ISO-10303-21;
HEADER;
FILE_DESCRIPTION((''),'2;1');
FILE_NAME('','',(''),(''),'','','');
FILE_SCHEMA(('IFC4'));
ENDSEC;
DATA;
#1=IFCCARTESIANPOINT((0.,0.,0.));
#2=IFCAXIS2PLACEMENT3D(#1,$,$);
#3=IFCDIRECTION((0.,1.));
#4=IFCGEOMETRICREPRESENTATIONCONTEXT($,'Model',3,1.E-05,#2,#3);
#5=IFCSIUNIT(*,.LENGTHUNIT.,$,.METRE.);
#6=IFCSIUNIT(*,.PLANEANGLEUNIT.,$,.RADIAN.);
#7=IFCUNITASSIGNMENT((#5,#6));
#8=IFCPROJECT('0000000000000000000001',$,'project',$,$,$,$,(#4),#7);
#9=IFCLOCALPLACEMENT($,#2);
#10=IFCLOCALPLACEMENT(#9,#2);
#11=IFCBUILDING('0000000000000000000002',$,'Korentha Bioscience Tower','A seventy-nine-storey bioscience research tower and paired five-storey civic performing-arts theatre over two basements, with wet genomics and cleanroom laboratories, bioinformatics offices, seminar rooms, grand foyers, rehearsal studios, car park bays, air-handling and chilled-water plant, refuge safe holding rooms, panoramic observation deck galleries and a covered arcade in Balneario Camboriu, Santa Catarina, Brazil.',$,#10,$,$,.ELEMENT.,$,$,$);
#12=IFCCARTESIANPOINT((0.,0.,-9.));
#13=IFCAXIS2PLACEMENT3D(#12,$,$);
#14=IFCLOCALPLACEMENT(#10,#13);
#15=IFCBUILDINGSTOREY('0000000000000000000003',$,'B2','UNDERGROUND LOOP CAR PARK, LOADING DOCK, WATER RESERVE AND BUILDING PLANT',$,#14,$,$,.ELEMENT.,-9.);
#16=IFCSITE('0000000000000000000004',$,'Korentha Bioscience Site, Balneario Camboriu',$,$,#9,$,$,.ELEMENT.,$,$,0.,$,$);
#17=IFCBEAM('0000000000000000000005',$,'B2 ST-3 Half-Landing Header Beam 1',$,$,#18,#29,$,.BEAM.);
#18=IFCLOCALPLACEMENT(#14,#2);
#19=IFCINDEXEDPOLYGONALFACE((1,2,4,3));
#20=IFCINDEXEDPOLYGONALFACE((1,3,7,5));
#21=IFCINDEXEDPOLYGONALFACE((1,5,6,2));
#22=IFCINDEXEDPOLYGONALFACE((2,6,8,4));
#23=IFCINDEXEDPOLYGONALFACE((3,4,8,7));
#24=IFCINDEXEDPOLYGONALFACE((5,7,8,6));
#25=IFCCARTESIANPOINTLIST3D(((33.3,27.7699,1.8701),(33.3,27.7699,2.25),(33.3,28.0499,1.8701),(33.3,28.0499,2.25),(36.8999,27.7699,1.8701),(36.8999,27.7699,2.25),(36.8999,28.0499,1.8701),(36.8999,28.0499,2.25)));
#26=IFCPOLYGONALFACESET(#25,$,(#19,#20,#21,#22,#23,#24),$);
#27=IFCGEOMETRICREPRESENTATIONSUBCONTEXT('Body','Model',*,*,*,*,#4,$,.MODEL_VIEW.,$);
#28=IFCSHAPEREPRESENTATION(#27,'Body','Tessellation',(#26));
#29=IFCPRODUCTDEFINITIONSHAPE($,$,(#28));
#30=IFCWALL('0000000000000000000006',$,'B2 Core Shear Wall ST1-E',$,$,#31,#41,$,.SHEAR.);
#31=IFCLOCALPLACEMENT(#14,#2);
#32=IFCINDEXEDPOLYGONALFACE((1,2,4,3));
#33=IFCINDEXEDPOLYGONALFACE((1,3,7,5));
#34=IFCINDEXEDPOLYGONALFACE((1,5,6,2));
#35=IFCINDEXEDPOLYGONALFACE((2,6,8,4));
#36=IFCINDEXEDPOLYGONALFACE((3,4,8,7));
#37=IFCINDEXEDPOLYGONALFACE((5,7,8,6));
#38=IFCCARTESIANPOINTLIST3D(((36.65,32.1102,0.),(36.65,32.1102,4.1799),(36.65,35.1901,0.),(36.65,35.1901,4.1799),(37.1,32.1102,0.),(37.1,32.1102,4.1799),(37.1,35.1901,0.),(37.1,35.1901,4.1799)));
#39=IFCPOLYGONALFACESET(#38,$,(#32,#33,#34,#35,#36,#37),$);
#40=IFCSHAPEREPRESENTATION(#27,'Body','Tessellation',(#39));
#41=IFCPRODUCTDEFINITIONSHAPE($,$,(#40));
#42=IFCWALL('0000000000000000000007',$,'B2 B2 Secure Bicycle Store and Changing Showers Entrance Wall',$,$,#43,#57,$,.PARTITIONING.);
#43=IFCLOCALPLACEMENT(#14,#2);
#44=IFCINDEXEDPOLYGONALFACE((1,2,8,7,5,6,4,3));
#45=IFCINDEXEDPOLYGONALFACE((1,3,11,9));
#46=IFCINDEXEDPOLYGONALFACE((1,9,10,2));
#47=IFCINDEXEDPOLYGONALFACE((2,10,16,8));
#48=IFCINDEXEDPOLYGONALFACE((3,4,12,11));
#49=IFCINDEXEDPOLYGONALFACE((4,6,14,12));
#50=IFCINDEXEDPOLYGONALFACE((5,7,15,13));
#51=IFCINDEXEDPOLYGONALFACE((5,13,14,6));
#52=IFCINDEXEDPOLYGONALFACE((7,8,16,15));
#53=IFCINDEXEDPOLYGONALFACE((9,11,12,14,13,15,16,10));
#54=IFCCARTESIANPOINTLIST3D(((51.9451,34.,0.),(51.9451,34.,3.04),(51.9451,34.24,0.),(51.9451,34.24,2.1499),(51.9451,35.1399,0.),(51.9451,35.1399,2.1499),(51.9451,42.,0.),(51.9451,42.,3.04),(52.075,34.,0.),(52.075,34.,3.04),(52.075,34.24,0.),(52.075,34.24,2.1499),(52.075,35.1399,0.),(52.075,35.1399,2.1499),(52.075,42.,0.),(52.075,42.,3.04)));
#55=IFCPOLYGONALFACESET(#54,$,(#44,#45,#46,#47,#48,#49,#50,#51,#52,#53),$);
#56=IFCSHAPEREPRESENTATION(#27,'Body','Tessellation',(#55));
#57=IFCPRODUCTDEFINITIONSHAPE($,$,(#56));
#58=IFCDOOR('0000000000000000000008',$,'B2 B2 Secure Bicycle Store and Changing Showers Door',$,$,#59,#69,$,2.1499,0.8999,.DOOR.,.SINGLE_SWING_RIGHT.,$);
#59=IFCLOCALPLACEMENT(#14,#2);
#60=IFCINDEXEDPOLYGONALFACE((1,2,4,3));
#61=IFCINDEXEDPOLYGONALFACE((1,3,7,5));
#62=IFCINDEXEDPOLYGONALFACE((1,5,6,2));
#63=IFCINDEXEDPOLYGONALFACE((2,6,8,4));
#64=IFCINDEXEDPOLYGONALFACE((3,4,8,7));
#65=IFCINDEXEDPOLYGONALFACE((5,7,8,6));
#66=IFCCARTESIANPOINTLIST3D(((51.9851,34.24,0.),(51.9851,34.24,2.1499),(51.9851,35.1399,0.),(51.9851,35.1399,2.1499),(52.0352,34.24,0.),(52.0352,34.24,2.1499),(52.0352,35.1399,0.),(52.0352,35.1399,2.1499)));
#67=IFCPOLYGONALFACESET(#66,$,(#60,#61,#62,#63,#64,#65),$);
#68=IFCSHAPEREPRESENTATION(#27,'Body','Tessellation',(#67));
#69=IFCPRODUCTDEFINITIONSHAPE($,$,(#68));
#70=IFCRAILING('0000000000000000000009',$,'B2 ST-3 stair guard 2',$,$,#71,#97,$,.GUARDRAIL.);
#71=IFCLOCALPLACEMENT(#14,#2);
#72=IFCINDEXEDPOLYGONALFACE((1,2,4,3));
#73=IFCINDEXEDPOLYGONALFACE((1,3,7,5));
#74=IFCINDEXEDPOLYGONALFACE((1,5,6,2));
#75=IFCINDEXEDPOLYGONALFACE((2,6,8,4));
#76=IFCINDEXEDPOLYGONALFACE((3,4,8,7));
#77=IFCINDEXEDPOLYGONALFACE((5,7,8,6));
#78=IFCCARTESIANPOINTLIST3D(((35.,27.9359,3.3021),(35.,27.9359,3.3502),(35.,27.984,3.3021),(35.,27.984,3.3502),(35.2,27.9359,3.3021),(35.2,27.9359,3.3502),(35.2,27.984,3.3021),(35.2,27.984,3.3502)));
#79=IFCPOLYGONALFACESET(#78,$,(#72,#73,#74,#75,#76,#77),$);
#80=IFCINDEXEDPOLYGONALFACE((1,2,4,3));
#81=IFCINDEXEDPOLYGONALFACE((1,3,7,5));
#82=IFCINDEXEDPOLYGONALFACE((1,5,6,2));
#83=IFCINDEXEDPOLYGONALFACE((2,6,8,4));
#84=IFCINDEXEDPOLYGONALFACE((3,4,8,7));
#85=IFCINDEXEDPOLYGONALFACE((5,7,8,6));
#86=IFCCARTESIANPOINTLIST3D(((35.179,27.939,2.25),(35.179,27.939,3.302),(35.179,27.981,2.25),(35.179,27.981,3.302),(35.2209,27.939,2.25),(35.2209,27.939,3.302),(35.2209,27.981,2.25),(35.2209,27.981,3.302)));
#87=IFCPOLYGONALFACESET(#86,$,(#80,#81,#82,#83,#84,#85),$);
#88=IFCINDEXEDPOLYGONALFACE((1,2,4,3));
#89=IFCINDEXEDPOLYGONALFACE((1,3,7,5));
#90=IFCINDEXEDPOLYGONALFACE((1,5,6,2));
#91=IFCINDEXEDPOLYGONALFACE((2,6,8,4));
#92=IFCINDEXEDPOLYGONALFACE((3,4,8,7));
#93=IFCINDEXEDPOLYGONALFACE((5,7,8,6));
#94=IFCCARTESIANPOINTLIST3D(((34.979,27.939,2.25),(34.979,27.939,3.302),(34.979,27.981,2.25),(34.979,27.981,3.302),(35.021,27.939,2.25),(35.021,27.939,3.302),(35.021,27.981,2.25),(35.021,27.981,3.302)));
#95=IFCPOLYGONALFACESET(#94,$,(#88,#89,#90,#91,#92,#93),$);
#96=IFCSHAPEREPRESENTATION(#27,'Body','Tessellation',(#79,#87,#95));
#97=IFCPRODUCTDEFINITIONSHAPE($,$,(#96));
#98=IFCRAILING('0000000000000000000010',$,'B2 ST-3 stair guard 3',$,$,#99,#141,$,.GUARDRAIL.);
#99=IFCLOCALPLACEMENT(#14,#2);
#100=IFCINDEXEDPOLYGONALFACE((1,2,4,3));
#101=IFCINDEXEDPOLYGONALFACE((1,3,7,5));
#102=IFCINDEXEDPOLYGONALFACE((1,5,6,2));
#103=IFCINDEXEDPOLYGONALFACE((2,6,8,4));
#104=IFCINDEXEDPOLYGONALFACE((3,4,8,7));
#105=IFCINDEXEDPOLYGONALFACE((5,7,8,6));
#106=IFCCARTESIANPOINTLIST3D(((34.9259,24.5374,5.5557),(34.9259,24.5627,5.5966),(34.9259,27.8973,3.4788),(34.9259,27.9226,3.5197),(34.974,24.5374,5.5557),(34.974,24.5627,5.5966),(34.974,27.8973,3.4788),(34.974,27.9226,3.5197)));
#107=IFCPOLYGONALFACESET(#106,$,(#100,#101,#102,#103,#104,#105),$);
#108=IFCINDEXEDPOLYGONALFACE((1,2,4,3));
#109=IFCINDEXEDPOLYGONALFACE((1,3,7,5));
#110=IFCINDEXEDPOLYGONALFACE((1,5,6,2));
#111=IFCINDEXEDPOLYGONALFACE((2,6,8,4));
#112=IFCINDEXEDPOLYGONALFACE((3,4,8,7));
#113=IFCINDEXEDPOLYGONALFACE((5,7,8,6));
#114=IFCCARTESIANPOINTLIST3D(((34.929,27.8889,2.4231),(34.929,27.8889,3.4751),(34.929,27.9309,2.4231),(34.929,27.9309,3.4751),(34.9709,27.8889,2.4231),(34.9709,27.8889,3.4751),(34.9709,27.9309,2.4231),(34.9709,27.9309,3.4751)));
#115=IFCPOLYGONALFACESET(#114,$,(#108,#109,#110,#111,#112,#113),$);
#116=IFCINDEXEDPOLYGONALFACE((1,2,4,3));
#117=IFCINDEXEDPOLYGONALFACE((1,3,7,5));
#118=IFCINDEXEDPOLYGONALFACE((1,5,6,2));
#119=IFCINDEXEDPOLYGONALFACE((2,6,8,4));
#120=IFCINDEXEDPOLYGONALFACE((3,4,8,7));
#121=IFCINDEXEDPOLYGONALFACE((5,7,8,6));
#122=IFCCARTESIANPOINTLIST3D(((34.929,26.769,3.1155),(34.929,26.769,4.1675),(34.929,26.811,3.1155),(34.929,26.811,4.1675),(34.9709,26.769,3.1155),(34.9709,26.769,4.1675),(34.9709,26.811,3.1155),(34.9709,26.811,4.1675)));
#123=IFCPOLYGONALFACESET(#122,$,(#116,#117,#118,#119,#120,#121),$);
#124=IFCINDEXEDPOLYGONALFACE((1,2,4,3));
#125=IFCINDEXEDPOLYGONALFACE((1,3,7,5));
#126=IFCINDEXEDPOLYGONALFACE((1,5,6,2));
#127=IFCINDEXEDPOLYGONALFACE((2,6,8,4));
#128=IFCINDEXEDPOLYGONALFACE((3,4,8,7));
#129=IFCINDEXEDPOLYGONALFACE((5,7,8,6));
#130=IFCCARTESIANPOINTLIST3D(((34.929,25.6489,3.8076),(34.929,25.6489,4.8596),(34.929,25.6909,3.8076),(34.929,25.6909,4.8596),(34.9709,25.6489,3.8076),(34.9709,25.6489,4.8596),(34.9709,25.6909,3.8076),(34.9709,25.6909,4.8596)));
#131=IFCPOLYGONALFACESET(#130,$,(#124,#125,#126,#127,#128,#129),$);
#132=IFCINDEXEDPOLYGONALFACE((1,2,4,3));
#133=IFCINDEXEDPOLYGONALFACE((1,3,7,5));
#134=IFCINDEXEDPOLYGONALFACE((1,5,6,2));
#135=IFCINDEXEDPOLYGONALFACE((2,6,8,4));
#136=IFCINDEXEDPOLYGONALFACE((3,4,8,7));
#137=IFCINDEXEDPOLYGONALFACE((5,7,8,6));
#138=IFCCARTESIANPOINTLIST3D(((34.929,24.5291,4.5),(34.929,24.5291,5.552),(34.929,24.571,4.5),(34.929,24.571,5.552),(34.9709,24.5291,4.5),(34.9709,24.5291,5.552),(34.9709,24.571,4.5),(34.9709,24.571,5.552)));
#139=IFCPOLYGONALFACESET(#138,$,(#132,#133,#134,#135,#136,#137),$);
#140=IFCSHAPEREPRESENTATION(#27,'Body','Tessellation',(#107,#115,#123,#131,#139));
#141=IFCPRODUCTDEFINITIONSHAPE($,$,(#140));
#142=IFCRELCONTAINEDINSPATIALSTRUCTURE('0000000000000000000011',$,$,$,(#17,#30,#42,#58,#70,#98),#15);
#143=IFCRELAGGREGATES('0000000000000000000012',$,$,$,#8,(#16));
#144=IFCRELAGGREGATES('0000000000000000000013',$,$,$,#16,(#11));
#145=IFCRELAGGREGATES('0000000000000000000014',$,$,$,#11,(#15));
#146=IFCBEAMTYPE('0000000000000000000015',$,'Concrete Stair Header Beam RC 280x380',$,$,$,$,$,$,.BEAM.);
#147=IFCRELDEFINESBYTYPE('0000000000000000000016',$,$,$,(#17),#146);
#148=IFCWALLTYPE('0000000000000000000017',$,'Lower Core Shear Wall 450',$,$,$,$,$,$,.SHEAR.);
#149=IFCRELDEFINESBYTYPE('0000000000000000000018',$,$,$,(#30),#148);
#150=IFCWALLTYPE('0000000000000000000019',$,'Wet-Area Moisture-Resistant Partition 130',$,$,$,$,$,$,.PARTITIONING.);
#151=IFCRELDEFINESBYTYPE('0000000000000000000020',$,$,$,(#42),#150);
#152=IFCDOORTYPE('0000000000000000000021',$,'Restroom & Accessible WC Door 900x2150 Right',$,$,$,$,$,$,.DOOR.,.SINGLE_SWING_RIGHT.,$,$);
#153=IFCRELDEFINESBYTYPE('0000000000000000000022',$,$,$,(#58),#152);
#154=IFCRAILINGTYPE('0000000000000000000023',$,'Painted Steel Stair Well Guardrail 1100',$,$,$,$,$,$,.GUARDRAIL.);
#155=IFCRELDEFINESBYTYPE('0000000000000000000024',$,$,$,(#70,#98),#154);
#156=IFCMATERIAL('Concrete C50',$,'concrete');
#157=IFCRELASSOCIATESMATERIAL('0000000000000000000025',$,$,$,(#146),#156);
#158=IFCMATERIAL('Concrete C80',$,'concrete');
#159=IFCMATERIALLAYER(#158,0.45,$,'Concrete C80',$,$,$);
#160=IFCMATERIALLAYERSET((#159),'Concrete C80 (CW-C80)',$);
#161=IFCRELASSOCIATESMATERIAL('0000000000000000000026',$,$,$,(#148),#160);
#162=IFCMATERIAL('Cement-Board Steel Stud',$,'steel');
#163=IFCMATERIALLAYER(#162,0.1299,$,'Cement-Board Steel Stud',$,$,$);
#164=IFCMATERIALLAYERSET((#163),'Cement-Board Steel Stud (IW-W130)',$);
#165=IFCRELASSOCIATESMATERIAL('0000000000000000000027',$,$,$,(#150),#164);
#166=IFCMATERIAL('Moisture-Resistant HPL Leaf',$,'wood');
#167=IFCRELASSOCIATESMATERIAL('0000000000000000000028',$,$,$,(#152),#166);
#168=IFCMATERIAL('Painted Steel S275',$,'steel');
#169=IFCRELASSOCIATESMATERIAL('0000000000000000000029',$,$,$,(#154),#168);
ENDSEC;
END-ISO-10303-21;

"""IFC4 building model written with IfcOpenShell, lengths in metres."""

from ifc_helpers import new_model, si_unit, direction, frame, frame_2d, origin, origin_2d, place, context, subcontext, project, spatial, rectangle, extrude, material, layer, layer_set, material_profile, profile_set, type_object, element, fill, save


model = new_model("IFC4")

# Units and contexts
model_context = context("Model", 3, precision=1e-05, world=origin(), true_north=direction((0.0, 1.0)))
body_context = subcontext(model_context, "Body", "Model", "MODEL_VIEW")
ifc_project = project(units=[si_unit("LENGTHUNIT", "METRE"), si_unit("PLANEANGLEUNIT", "RADIAN")], contexts=[model_context])

# Site, building, storey
site_placement = place(None, origin())
site = spatial("IfcSite", under=ifc_project, at=site_placement, Name="Korentha Bioscience Site, Balneario Camboriu", CompositionType="ELEMENT", RefElevation=0.0)
building_placement = place(site_placement, origin())
building = spatial("IfcBuilding", under=site, at=building_placement, Name="Korentha Bioscience Tower", Description="A seventy-nine-storey bioscience research tower and paired five-storey civic performing-arts theatre over two basements, with wet genomics and cleanroom laboratories, bioinformatics offices, seminar rooms, grand foyers, rehearsal studios, car park bays, air-handling and chilled-water plant, refuge safe holding rooms, panoramic observation deck galleries and a covered arcade in Balneario Camboriu, Santa Catarina, Brazil.", CompositionType="ELEMENT")
storey_placement = place(building_placement, frame((0.0, 0.0, -9.0)))
storey = spatial("IfcBuildingStorey", under=building, at=storey_placement, Name="B2", Description="UNDERGROUND LOOP CAR PARK, LOADING DOCK, WATER RESERVE AND BUILDING PLANT", CompositionType="ELEMENT", Elevation=-9.0)

# Shared definitions
ifc_material_1 = material(Name="Concrete C50", Category="concrete")

# Shared definitions
ifc_material_2 = material(Name="Concrete C80", Category="concrete")

# Beam
ifc_material_profile_1 = material_profile(ifc_material_1, rectangle(XDim=0.28, YDim=0.3799, at=origin_2d()), Name="Concrete C50")
ifc_profile_set_1 = profile_set([ifc_material_profile_1], Name="Concrete C50 (ST-HB380)")
beam_type = type_object("IfcBeamType", Name="Concrete Stair Header Beam RC 280x380", PredefinedType="BEAM", material=ifc_profile_set_1)
beam_placement = place(storey_placement, frame((36.8999, 27.9099, 2.0601), z_axis=(-1.0, 0.0, 0.0), x_axis=(0.0, -1.0, 0.0)))
element("IfcBeam", 1, at=beam_placement, inside=storey, type_object=beam_type, Name="B2 ST-3 Half-Landing Header Beam 1", PredefinedType="BEAM", context=body_context, shape_type="SweptSolid", body=[
    extrude(rectangle(XDim=0.28, YDim=0.3799, at=origin_2d()), origin(), (0.0, 0.0, 1.0), 3.5999),
])

# Wall
ifc_layer_1 = layer(ifc_material_2, 0.45, Name="Concrete C80")
ifc_layer_set_1 = layer_set([ifc_layer_1], Name="Concrete C80 (CW-C80)")
wall_type_1 = type_object("IfcWallType", Name="Lower Core Shear Wall 450", PredefinedType="SHEAR", material=ifc_layer_set_1)
wall_1_placement = place(storey_placement, frame((36.875, 32.1101, 0.0), z_axis=(0.0, 0.0, 1.0), x_axis=(0.0, 1.0, 0.0)))
element("IfcWall", 2, at=wall_1_placement, inside=storey, type_object=wall_type_1, Name="B2 Core Shear Wall ST1-E", PredefinedType="SHEAR", context=body_context, shape_type="SweptSolid", body=[
    extrude(rectangle(XDim=3.0798, YDim=0.45, at=frame_2d((1.54, 0.0))), origin(), (0.0, 0.0, 1.0), 4.1799),
])

# Wall, opening, door
ifc_material_3 = material(Name="Cement-Board Steel Stud", Category="steel")
ifc_layer_2 = layer(ifc_material_3, 0.1299, Name="Cement-Board Steel Stud")
ifc_layer_set_2 = layer_set([ifc_layer_2], Name="Cement-Board Steel Stud (IW-W130)")
wall_type_2 = type_object("IfcWallType", Name="Wet-Area Moisture-Resistant Partition 130", PredefinedType="PARTITIONING", material=ifc_layer_set_2)
wall_2_placement = place(storey_placement, frame((52.01, 34.0, 0.0), z_axis=(0.0, 0.0, 1.0), x_axis=(0.0, 1.0, 0.0)))
wall_2 = element("IfcWall", 3, at=wall_2_placement, inside=storey, type_object=wall_type_2, Name="B2 B2 Secure Bicycle Store and Changing Showers Entrance Wall", PredefinedType="PARTITIONING", context=body_context, shape_type="SweptSolid", body=[
    extrude(rectangle(XDim=8.0, YDim=0.1299, at=frame_2d((4.0, 0.0))), origin(), (0.0, 0.0, 1.0), 3.04),
])
opening_placement = place(wall_2_placement, frame((0.24, 0.0, 0.0)))
opening = element("IfcOpeningElement", 4, at=opening_placement, cuts=wall_2, PredefinedType="OPENING", context=body_context, shape_type="SweptSolid", body=[
    extrude(rectangle(XDim=0.8999, YDim=2.1499, at=frame_2d((0.45, 1.075))), frame((0.0, 0.0798, 0.0), z_axis=(0.0, -1.0, 0.0), x_axis=(1.0, 0.0, 0.0)), (0.0, 0.0, 1.0), 0.1597),
])
ifc_material_4 = material(Name="Moisture-Resistant HPL Leaf", Category="wood")
door_type = type_object("IfcDoorType", Name="Restroom & Accessible WC Door 900x2150 Right", OperationType="SINGLE_SWING_RIGHT", PredefinedType="DOOR", material=ifc_material_4)
door_placement = place(opening_placement, origin())
door = element("IfcDoor", 5, at=door_placement, inside=storey, type_object=door_type, Name="B2 B2 Secure Bicycle Store and Changing Showers Door", OperationType="SINGLE_SWING_RIGHT", OverallHeight=2.1499, OverallWidth=0.8999, PredefinedType="DOOR", context=body_context, shape_type="SweptSolid", body=[
    extrude(rectangle(XDim=0.8999, YDim=2.1499, at=frame_2d((0.45, 1.075))), frame((0.0, 0.0249, 0.0), z_axis=(0.0, -1.0, 0.0), x_axis=(1.0, 0.0, 0.0)), (0.0, 0.0, 1.0), 0.05),
])
fill(opening, door)

# Railings
ifc_material_5 = material(Name="Painted Steel S275", Category="steel")
railing_type = type_object("IfcRailingType", Name="Painted Steel Stair Well Guardrail 1100", PredefinedType="GUARDRAIL", material=ifc_material_5)
railing_1_placement = place(storey_placement, frame((35.2, 27.96, 2.25)))
element("IfcRailing", 6, at=railing_1_placement, inside=storey, type_object=railing_type, Name="B2 ST-3 stair guard 2", PredefinedType="GUARDRAIL", context=body_context, shape_type="SweptSolid", body=[
    extrude(rectangle(XDim=0.0481, YDim=0.0481, at=origin_2d()), frame((0.0, 0.0, 1.0762), z_axis=(-1.0, 0.0, 0.0), x_axis=(0.0, -1.0, 0.0)), (0.0, 0.0, 1.0), 0.2),
    extrude(rectangle(XDim=0.042, YDim=0.042, at=origin_2d()), origin(), (0.0, 0.0, 1.0), 1.052),
    extrude(rectangle(XDim=0.042, YDim=0.042, at=origin_2d()), frame((-0.2, 0.0, 0.0)), (0.0, 0.0, 1.0), 1.052),
])
railing_2_placement = place(storey_placement, frame((34.95, 27.9099, 2.4231)))
element("IfcRailing", 7, at=railing_2_placement, inside=storey, type_object=railing_type, Name="B2 ST-3 stair guard 3", PredefinedType="GUARDRAIL", context=body_context, shape_type="SweptSolid", body=[
    extrude(rectangle(XDim=0.0481, YDim=0.0481, at=origin_2d()), frame((0.0, 0.0, 1.0762), z_axis=(0.0, -0.850606, 0.525803), x_axis=(1.0, 0.0, 0.0)), (0.0, 0.0, 1.0), 3.95),
    extrude(rectangle(XDim=0.042, YDim=0.042, at=origin_2d()), origin(), (0.0, 0.0, 1.0), 1.052),
    extrude(rectangle(XDim=0.042, YDim=0.042, at=origin_2d()), frame((0.0, -1.1199, 0.6924)), (0.0, 0.0, 1.0), 1.052),
    extrude(rectangle(XDim=0.042, YDim=0.042, at=origin_2d()), frame((0.0, -2.24, 1.3845)), (0.0, 0.0, 1.0), 1.052),
    extrude(rectangle(XDim=0.042, YDim=0.042, at=origin_2d()), frame((0.0, -3.3599, 2.0769)), (0.0, 0.0, 1.0), 1.052),
])

save(model, "model.ifc")
